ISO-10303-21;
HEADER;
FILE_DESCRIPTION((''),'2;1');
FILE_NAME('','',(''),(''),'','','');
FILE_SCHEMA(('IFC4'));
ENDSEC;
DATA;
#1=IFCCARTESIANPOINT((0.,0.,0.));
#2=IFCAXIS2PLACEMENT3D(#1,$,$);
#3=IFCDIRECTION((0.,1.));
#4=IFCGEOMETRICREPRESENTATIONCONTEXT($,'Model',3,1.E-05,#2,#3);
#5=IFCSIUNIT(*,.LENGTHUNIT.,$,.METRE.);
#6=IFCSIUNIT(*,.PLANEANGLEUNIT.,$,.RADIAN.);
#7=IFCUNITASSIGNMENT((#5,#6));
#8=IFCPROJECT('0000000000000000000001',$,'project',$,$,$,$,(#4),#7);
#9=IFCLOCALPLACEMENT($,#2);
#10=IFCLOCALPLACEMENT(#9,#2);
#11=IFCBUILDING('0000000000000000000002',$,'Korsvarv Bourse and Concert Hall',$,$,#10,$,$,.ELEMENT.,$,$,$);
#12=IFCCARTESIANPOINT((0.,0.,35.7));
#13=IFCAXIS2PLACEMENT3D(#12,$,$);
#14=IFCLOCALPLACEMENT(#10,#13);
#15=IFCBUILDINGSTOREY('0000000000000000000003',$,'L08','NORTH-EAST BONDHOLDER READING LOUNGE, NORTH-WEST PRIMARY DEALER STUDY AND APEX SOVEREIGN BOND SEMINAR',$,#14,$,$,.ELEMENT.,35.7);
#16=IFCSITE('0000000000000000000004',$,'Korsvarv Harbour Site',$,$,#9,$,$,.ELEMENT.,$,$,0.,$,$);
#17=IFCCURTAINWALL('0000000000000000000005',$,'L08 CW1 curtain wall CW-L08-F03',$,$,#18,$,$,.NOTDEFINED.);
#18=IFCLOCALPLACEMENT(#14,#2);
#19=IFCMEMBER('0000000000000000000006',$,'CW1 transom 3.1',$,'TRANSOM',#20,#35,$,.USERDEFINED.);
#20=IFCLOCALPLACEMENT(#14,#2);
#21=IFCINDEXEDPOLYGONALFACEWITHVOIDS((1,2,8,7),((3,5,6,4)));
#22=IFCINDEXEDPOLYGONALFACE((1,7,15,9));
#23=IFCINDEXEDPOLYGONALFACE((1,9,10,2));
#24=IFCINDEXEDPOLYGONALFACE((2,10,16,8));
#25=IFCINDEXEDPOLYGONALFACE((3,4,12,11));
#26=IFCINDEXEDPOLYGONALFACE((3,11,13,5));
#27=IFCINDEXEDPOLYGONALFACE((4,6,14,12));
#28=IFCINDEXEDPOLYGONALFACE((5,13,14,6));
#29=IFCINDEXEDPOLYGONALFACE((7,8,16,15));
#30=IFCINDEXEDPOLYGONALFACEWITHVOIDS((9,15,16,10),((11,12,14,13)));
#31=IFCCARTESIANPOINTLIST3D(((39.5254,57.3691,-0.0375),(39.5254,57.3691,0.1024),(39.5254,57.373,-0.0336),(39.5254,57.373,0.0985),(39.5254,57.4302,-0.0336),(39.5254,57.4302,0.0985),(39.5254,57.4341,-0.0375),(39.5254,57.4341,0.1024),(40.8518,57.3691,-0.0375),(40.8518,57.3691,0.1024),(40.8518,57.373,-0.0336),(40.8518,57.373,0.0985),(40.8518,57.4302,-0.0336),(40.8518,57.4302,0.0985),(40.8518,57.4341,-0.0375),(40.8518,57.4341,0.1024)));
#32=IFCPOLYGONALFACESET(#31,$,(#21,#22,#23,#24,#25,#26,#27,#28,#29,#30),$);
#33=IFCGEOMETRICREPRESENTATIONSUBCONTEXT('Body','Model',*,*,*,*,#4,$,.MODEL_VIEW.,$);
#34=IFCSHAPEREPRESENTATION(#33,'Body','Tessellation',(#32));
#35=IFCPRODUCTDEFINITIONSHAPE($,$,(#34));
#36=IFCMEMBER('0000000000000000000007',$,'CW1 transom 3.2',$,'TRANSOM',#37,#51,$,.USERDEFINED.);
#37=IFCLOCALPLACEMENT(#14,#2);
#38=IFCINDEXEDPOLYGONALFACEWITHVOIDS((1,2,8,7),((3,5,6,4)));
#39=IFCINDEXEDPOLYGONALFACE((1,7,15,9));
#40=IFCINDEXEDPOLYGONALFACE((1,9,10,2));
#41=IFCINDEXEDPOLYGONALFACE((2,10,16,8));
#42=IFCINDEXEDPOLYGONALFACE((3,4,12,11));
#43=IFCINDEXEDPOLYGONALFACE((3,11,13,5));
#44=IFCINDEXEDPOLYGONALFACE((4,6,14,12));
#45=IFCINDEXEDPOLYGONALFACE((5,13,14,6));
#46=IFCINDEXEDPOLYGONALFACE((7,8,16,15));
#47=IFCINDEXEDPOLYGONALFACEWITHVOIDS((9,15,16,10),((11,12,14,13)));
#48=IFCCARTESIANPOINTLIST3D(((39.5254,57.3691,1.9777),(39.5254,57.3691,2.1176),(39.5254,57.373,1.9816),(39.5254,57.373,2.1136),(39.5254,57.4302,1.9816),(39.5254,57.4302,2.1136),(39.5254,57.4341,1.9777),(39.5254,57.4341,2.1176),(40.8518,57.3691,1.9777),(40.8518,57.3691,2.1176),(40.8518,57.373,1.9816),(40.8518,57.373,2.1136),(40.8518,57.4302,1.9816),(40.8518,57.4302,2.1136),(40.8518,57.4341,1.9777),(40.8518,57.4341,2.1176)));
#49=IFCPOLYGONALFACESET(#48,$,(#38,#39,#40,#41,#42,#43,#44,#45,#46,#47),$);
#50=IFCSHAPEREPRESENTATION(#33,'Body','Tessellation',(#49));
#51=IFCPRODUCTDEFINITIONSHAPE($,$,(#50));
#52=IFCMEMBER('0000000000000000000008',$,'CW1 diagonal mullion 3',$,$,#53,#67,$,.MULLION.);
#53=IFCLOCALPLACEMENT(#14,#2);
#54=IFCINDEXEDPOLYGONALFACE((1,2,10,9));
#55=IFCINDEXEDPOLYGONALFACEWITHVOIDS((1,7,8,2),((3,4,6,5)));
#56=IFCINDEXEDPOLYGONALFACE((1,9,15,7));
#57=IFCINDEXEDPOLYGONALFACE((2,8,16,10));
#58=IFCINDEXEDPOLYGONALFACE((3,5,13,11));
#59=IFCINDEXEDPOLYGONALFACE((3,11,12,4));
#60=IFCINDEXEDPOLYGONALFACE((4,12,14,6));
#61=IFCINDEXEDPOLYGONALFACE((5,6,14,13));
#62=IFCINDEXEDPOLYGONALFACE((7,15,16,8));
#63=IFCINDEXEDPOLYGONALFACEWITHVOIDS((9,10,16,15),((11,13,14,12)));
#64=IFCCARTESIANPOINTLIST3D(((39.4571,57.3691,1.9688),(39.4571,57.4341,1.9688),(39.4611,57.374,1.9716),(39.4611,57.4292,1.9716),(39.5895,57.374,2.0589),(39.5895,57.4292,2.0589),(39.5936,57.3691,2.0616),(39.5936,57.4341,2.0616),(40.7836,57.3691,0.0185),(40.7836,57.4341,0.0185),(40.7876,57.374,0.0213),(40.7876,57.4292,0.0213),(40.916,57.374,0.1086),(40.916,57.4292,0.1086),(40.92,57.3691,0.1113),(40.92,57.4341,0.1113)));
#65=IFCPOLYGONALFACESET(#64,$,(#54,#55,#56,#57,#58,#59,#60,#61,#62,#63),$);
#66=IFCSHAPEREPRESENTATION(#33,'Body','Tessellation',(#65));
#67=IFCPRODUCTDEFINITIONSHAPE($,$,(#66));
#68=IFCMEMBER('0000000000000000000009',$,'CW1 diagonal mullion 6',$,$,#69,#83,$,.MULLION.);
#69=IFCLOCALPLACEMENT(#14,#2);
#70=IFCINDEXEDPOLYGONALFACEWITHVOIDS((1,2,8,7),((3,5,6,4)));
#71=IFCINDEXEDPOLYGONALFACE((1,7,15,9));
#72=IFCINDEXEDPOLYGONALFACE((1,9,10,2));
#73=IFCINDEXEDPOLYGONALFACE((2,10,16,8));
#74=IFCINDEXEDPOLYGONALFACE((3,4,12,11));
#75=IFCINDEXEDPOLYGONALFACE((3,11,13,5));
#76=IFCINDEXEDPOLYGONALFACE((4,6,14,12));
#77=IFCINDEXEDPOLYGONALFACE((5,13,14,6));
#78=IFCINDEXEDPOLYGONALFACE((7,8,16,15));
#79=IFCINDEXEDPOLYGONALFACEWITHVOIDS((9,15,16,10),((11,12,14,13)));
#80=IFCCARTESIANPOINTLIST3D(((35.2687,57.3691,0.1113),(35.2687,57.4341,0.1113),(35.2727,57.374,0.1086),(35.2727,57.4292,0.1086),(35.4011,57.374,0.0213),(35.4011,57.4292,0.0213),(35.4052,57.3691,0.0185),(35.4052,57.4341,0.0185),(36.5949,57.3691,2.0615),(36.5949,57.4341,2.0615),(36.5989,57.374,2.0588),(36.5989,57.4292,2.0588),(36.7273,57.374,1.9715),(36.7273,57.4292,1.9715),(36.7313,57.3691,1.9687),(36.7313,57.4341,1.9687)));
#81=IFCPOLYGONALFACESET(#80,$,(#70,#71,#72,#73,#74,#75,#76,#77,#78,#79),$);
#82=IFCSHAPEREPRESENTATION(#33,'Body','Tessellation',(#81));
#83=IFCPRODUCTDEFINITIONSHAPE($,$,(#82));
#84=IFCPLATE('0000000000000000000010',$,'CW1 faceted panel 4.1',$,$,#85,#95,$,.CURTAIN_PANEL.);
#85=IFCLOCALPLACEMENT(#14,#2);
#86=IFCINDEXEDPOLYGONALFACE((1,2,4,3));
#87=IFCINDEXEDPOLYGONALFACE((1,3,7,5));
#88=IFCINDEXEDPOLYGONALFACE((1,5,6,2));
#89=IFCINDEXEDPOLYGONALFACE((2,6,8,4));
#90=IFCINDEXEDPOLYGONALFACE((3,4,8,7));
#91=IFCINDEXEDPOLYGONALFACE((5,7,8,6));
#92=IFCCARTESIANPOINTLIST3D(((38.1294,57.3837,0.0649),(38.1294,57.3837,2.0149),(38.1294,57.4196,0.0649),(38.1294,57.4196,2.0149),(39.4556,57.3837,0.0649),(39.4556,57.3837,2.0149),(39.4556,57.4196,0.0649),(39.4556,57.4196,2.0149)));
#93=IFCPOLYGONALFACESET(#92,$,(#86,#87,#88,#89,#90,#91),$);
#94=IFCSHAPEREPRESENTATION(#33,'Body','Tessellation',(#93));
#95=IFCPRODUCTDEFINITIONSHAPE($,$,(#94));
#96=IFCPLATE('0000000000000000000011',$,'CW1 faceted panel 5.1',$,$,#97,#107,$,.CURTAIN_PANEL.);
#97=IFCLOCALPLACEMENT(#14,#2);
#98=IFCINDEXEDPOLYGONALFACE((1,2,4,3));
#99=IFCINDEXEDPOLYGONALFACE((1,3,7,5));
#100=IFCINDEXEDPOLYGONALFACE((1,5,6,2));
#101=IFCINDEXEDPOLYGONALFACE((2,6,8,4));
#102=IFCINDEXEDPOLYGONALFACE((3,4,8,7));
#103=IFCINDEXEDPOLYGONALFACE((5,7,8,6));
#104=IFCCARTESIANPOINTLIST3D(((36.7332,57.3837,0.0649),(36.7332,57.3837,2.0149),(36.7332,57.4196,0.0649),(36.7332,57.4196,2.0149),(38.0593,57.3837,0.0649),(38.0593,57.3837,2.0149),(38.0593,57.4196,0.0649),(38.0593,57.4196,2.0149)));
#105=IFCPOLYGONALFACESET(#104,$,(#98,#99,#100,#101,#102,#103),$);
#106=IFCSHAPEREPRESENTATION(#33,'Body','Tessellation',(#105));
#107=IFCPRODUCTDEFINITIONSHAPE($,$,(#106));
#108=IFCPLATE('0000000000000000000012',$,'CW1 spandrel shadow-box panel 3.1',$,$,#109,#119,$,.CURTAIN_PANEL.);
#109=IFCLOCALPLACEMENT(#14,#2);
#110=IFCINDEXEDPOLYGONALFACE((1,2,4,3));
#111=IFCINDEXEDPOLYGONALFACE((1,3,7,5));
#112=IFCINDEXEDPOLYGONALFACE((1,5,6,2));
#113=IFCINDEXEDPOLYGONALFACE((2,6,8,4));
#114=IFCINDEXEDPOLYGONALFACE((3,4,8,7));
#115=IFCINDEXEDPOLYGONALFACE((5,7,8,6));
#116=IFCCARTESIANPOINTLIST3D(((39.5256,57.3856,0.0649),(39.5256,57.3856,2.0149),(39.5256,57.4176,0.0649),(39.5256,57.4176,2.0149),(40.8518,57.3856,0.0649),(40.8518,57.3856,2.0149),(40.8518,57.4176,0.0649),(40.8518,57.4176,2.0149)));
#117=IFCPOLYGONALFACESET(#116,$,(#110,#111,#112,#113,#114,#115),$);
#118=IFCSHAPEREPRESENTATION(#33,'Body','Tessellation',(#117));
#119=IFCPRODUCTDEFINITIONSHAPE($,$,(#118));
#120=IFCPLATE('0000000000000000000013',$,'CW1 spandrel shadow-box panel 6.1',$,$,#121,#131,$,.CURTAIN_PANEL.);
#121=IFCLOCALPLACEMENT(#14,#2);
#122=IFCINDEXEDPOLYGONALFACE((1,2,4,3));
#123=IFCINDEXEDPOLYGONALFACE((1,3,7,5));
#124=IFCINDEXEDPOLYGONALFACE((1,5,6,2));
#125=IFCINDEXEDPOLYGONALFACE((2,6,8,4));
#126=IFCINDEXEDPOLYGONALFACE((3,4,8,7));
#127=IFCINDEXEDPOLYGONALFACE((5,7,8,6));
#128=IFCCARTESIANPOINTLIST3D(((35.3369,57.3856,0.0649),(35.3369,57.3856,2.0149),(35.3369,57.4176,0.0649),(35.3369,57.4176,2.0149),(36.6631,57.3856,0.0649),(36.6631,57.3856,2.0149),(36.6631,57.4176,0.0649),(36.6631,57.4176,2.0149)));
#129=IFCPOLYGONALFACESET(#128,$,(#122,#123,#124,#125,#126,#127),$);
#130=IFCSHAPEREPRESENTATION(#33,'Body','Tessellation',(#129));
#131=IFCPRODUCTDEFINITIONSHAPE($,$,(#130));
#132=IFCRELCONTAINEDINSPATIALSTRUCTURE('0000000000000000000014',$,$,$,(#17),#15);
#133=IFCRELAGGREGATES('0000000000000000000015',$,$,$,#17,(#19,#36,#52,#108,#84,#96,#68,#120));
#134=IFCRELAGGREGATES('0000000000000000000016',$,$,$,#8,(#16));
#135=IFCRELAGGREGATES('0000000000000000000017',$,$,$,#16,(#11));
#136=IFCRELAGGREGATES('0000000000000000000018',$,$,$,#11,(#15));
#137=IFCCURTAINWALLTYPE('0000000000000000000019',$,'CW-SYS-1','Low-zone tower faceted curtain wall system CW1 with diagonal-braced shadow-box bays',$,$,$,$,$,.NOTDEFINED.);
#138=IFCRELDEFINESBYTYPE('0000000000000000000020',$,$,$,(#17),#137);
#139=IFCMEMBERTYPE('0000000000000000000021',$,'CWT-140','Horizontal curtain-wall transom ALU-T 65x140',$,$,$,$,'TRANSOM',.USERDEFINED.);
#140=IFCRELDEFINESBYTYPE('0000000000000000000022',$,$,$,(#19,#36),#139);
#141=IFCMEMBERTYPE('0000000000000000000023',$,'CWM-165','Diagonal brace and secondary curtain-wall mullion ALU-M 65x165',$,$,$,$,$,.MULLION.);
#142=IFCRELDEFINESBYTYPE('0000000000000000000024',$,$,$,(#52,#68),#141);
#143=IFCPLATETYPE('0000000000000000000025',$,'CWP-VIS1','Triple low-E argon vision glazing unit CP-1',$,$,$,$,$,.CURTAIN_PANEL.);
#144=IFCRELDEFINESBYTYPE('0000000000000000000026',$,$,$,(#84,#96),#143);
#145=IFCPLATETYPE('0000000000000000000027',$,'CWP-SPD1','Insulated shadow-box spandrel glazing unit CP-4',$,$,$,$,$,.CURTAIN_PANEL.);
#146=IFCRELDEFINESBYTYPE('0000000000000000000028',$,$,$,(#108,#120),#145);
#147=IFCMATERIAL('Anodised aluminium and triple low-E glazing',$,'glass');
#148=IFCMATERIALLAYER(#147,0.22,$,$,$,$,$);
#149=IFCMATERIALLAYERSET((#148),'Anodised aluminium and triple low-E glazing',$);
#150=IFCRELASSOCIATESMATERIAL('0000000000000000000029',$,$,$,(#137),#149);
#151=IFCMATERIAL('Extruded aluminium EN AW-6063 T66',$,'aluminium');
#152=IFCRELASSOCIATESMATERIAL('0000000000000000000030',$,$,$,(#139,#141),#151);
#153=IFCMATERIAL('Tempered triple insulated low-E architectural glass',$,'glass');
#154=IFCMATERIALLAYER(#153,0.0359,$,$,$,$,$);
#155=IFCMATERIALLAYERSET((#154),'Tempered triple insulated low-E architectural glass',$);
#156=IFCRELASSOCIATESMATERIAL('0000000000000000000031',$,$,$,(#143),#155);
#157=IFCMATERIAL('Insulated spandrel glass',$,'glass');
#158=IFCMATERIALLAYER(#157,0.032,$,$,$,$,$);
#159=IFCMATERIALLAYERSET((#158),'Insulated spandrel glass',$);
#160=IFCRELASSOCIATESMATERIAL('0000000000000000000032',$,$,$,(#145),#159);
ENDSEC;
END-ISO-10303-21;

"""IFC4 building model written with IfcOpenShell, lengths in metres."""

from ifc_helpers import new_model, si_unit, direction, frame, origin, origin_2d, place, context, subcontext, project, spatial, rectangle, hollow_rectangle, extrude, source, transform, mapped, material, layer, layer_set, material_profile, profile_set, type_object, element, aggregate, save


model = new_model("IFC4")

# Units and contexts
model_context = context("Model", 3, precision=1e-05, world=origin(), true_north=direction((0.0, 1.0)))
body_context = subcontext(model_context, "Body", "Model", "MODEL_VIEW")
ifc_project = project(units=[si_unit("LENGTHUNIT", "METRE"), si_unit("PLANEANGLEUNIT", "RADIAN")], contexts=[model_context])

# Site, building, storey
site_placement = place(None, origin())
site = spatial("IfcSite", under=ifc_project, at=site_placement, Name="Korsvarv Harbour Site", CompositionType="ELEMENT", RefElevation=0.0)
building_placement = place(site_placement, origin())
building = spatial("IfcBuilding", under=site, at=building_placement, Name="Korsvarv Bourse and Concert Hall", CompositionType="ELEMENT")
storey_placement = place(building_placement, frame((0.0, 0.0, 35.7)))
storey = spatial("IfcBuildingStorey", under=building, at=storey_placement, Name="L08", Description="NORTH-EAST BONDHOLDER READING LOUNGE, NORTH-WEST PRIMARY DEALER STUDY AND APEX SOVEREIGN BOND SEMINAR", CompositionType="ELEMENT", Elevation=35.7)

# Curtain wall, members, plates
ifc_material_1 = material(Name="Anodised aluminium and triple low-E glazing", Category="glass")
ifc_layer_1 = layer(ifc_material_1, 0.22)
ifc_layer_set_1 = layer_set([ifc_layer_1], Name="Anodised aluminium and triple low-E glazing")
curtain_wall_type = type_object("IfcCurtainWallType", Name="CW-SYS-1", Description="Low-zone tower faceted curtain wall system CW1 with diagonal-braced shadow-box bays", PredefinedType="NOTDEFINED", material=ifc_layer_set_1)
curtain_wall_placement = place(storey_placement, origin())
curtain_wall = element("IfcCurtainWall", 1, at=curtain_wall_placement, inside=storey, type_object=curtain_wall_type, Name="L08 CW1 curtain wall CW-L08-F03", PredefinedType="NOTDEFINED")
ifc_material_2 = material(Name="Extruded aluminium EN AW-6063 T66", Category="aluminium")
ifc_material_profile_1 = material_profile(ifc_material_2, hollow_rectangle(XDim=0.0649, YDim=0.1399, WallThickness=0.0039, at=origin_2d()), Name="ALU-T 65x140")
ifc_profile_set_1 = profile_set([ifc_material_profile_1], Name="Extruded aluminium EN AW-6063 T66")
member_type_1 = type_object("IfcMemberType", Name="CWT-140", Description="Horizontal curtain-wall transom ALU-T 65x140", ElementType="TRANSOM", PredefinedType="USERDEFINED", material=ifc_profile_set_1)
shared_shape_1 = source(origin(), body_context, "Body", "SweptSolid", [
    extrude(hollow_rectangle(XDim=0.0649, YDim=0.1399, WallThickness=0.0039, at=origin_2d()), origin(), (0.0, 0.0, 1.0), 1.3264),
])
member_1_placement = place(storey_placement, frame((40.8518, 57.4016, 0.0325), z_axis=(-1.0, 0.0, 0.0), x_axis=(0.0, -1.0, 0.0)))
member_1 = element("IfcMember", 2, at=member_1_placement, type_object=member_type_1, Name="CW1 transom 3.1", ObjectType="TRANSOM", PredefinedType="USERDEFINED", context=body_context, shape_type="MappedRepresentation", body=[
    mapped(shared_shape_1, transform((0.0, 0.0, 0.0), scale=1.0)),
])
member_2_placement = place(storey_placement, frame((40.8518, 57.4016, 2.0476), z_axis=(-1.0, 0.0, 0.0), x_axis=(0.0, -1.0, 0.0)))
member_2 = element("IfcMember", 3, at=member_2_placement, type_object=member_type_1, Name="CW1 transom 3.2", ObjectType="TRANSOM", PredefinedType="USERDEFINED", context=body_context, shape_type="MappedRepresentation", body=[
    mapped(shared_shape_1, transform((0.0, 0.0, 0.0), scale=1.0)),
])
ifc_material_profile_2 = material_profile(ifc_material_2, hollow_rectangle(XDim=0.0649, YDim=0.165, WallThickness=0.0049, at=origin_2d()), Name="ALU-M 65x165")
ifc_profile_set_2 = profile_set([ifc_material_profile_2], Name="Extruded aluminium EN AW-6063 T66")
member_type_2 = type_object("IfcMemberType", Name="CWM-165", Description="Diagonal brace and secondary curtain-wall mullion ALU-M 65x165", PredefinedType="MULLION", material=ifc_profile_set_2)
shared_shape_2 = source(origin(), body_context, "Body", "SweptSolid", [
    extrude(hollow_rectangle(XDim=0.0649, YDim=0.165, WallThickness=0.0049, at=origin_2d()), origin(), (0.0, 0.0, 1.0), 2.3586),
])
member_3_placement = place(storey_placement, frame((40.8518, 57.4016, 0.0649), z_axis=(-0.562392, 0.0, 0.826871), x_axis=(0.0, -1.0, 0.0)))
member_3 = element("IfcMember", 4, at=member_3_placement, type_object=member_type_2, Name="CW1 diagonal mullion 3", PredefinedType="MULLION", context=body_context, shape_type="MappedRepresentation", body=[
    mapped(shared_shape_2, transform((0.0, 0.0, 0.0), scale=1.0)),
])
shared_shape_3 = source(origin(), body_context, "Body", "SweptSolid", [
    extrude(hollow_rectangle(XDim=0.0649, YDim=0.165, WallThickness=0.0049, at=origin_2d()), origin(), (0.0, 0.0, 1.0), 2.3584),
])
member_4_placement = place(storey_placement, frame((35.3369, 57.4016, 0.0649), z_axis=(0.562321, 0.0, 0.826919), x_axis=(0.0, 1.0, 0.0)))
member_4 = element("IfcMember", 5, at=member_4_placement, type_object=member_type_2, Name="CW1 diagonal mullion 6", PredefinedType="MULLION", context=body_context, shape_type="MappedRepresentation", body=[
    mapped(shared_shape_3, transform((0.0, 0.0, 0.0), scale=1.0)),
])
ifc_material_3 = material(Name="Tempered triple insulated low-E architectural glass", Category="glass")
ifc_layer_2 = layer(ifc_material_3, 0.0359)
ifc_layer_set_2 = layer_set([ifc_layer_2], Name="Tempered triple insulated low-E architectural glass")
plate_type_1 = type_object("IfcPlateType", Name="CWP-VIS1", Description="Triple low-E argon vision glazing unit CP-1", PredefinedType="CURTAIN_PANEL", material=ifc_layer_set_2)
shared_shape_4 = source(origin(), body_context, "Body", "SweptSolid", [
    extrude(rectangle(XDim=1.3262, YDim=0.0359, at=origin_2d()), origin(), (0.0, 0.0, 1.0), 1.95),
])
plate_1_placement = place(storey_placement, frame((38.7925, 57.4016, 0.0649), z_axis=(0.0, 0.0, 1.0), x_axis=(-1.0, 0.0, 0.0)))
plate_1 = element("IfcPlate", 6, at=plate_1_placement, type_object=plate_type_1, Name="CW1 faceted panel 4.1", PredefinedType="CURTAIN_PANEL", context=body_context, shape_type="MappedRepresentation", body=[
    mapped(shared_shape_4, transform((0.0, 0.0, 0.0), scale=1.0)),
])
plate_2_placement = place(storey_placement, frame((37.3962, 57.4016, 0.0649), z_axis=(0.0, 0.0, 1.0), x_axis=(-1.0, 0.0, 0.0)))
plate_2 = element("IfcPlate", 7, at=plate_2_placement, type_object=plate_type_1, Name="CW1 faceted panel 5.1", PredefinedType="CURTAIN_PANEL", context=body_context, shape_type="MappedRepresentation", body=[
    mapped(shared_shape_4, transform((0.0, 0.0, 0.0), scale=1.0)),
])
ifc_material_4 = material(Name="Insulated spandrel glass", Category="glass")
ifc_layer_3 = layer(ifc_material_4, 0.032)
ifc_layer_set_3 = layer_set([ifc_layer_3], Name="Insulated spandrel glass")
plate_type_2 = type_object("IfcPlateType", Name="CWP-SPD1", Description="Insulated shadow-box spandrel glazing unit CP-4", PredefinedType="CURTAIN_PANEL", material=ifc_layer_set_3)
shared_shape_5 = source(origin(), body_context, "Body", "SweptSolid", [
    extrude(rectangle(XDim=1.3262, YDim=0.032, at=origin_2d()), origin(), (0.0, 0.0, 1.0), 1.95),
])
plate_3_placement = place(storey_placement, frame((40.1887, 57.4016, 0.0649), z_axis=(0.0, 0.0, 1.0), x_axis=(-1.0, 0.0, 0.0)))
plate_3 = element("IfcPlate", 8, at=plate_3_placement, type_object=plate_type_2, Name="CW1 spandrel shadow-box panel 3.1", PredefinedType="CURTAIN_PANEL", context=body_context, shape_type="MappedRepresentation", body=[
    mapped(shared_shape_5, transform((0.0, 0.0, 0.0), scale=1.0)),
])
plate_4_placement = place(storey_placement, frame((36.0, 57.4016, 0.0649), z_axis=(0.0, 0.0, 1.0), x_axis=(-1.0, 0.0, 0.0)))
plate_4 = element("IfcPlate", 9, at=plate_4_placement, type_object=plate_type_2, Name="CW1 spandrel shadow-box panel 6.1", PredefinedType="CURTAIN_PANEL", context=body_context, shape_type="MappedRepresentation", body=[
    mapped(shared_shape_5, transform((0.0, 0.0, 0.0), scale=1.0)),
])
aggregate(curtain_wall, [member_1, member_2, member_3, plate_3, plate_1, plate_2, member_4, plate_4])

save(model, "model.ifc")
